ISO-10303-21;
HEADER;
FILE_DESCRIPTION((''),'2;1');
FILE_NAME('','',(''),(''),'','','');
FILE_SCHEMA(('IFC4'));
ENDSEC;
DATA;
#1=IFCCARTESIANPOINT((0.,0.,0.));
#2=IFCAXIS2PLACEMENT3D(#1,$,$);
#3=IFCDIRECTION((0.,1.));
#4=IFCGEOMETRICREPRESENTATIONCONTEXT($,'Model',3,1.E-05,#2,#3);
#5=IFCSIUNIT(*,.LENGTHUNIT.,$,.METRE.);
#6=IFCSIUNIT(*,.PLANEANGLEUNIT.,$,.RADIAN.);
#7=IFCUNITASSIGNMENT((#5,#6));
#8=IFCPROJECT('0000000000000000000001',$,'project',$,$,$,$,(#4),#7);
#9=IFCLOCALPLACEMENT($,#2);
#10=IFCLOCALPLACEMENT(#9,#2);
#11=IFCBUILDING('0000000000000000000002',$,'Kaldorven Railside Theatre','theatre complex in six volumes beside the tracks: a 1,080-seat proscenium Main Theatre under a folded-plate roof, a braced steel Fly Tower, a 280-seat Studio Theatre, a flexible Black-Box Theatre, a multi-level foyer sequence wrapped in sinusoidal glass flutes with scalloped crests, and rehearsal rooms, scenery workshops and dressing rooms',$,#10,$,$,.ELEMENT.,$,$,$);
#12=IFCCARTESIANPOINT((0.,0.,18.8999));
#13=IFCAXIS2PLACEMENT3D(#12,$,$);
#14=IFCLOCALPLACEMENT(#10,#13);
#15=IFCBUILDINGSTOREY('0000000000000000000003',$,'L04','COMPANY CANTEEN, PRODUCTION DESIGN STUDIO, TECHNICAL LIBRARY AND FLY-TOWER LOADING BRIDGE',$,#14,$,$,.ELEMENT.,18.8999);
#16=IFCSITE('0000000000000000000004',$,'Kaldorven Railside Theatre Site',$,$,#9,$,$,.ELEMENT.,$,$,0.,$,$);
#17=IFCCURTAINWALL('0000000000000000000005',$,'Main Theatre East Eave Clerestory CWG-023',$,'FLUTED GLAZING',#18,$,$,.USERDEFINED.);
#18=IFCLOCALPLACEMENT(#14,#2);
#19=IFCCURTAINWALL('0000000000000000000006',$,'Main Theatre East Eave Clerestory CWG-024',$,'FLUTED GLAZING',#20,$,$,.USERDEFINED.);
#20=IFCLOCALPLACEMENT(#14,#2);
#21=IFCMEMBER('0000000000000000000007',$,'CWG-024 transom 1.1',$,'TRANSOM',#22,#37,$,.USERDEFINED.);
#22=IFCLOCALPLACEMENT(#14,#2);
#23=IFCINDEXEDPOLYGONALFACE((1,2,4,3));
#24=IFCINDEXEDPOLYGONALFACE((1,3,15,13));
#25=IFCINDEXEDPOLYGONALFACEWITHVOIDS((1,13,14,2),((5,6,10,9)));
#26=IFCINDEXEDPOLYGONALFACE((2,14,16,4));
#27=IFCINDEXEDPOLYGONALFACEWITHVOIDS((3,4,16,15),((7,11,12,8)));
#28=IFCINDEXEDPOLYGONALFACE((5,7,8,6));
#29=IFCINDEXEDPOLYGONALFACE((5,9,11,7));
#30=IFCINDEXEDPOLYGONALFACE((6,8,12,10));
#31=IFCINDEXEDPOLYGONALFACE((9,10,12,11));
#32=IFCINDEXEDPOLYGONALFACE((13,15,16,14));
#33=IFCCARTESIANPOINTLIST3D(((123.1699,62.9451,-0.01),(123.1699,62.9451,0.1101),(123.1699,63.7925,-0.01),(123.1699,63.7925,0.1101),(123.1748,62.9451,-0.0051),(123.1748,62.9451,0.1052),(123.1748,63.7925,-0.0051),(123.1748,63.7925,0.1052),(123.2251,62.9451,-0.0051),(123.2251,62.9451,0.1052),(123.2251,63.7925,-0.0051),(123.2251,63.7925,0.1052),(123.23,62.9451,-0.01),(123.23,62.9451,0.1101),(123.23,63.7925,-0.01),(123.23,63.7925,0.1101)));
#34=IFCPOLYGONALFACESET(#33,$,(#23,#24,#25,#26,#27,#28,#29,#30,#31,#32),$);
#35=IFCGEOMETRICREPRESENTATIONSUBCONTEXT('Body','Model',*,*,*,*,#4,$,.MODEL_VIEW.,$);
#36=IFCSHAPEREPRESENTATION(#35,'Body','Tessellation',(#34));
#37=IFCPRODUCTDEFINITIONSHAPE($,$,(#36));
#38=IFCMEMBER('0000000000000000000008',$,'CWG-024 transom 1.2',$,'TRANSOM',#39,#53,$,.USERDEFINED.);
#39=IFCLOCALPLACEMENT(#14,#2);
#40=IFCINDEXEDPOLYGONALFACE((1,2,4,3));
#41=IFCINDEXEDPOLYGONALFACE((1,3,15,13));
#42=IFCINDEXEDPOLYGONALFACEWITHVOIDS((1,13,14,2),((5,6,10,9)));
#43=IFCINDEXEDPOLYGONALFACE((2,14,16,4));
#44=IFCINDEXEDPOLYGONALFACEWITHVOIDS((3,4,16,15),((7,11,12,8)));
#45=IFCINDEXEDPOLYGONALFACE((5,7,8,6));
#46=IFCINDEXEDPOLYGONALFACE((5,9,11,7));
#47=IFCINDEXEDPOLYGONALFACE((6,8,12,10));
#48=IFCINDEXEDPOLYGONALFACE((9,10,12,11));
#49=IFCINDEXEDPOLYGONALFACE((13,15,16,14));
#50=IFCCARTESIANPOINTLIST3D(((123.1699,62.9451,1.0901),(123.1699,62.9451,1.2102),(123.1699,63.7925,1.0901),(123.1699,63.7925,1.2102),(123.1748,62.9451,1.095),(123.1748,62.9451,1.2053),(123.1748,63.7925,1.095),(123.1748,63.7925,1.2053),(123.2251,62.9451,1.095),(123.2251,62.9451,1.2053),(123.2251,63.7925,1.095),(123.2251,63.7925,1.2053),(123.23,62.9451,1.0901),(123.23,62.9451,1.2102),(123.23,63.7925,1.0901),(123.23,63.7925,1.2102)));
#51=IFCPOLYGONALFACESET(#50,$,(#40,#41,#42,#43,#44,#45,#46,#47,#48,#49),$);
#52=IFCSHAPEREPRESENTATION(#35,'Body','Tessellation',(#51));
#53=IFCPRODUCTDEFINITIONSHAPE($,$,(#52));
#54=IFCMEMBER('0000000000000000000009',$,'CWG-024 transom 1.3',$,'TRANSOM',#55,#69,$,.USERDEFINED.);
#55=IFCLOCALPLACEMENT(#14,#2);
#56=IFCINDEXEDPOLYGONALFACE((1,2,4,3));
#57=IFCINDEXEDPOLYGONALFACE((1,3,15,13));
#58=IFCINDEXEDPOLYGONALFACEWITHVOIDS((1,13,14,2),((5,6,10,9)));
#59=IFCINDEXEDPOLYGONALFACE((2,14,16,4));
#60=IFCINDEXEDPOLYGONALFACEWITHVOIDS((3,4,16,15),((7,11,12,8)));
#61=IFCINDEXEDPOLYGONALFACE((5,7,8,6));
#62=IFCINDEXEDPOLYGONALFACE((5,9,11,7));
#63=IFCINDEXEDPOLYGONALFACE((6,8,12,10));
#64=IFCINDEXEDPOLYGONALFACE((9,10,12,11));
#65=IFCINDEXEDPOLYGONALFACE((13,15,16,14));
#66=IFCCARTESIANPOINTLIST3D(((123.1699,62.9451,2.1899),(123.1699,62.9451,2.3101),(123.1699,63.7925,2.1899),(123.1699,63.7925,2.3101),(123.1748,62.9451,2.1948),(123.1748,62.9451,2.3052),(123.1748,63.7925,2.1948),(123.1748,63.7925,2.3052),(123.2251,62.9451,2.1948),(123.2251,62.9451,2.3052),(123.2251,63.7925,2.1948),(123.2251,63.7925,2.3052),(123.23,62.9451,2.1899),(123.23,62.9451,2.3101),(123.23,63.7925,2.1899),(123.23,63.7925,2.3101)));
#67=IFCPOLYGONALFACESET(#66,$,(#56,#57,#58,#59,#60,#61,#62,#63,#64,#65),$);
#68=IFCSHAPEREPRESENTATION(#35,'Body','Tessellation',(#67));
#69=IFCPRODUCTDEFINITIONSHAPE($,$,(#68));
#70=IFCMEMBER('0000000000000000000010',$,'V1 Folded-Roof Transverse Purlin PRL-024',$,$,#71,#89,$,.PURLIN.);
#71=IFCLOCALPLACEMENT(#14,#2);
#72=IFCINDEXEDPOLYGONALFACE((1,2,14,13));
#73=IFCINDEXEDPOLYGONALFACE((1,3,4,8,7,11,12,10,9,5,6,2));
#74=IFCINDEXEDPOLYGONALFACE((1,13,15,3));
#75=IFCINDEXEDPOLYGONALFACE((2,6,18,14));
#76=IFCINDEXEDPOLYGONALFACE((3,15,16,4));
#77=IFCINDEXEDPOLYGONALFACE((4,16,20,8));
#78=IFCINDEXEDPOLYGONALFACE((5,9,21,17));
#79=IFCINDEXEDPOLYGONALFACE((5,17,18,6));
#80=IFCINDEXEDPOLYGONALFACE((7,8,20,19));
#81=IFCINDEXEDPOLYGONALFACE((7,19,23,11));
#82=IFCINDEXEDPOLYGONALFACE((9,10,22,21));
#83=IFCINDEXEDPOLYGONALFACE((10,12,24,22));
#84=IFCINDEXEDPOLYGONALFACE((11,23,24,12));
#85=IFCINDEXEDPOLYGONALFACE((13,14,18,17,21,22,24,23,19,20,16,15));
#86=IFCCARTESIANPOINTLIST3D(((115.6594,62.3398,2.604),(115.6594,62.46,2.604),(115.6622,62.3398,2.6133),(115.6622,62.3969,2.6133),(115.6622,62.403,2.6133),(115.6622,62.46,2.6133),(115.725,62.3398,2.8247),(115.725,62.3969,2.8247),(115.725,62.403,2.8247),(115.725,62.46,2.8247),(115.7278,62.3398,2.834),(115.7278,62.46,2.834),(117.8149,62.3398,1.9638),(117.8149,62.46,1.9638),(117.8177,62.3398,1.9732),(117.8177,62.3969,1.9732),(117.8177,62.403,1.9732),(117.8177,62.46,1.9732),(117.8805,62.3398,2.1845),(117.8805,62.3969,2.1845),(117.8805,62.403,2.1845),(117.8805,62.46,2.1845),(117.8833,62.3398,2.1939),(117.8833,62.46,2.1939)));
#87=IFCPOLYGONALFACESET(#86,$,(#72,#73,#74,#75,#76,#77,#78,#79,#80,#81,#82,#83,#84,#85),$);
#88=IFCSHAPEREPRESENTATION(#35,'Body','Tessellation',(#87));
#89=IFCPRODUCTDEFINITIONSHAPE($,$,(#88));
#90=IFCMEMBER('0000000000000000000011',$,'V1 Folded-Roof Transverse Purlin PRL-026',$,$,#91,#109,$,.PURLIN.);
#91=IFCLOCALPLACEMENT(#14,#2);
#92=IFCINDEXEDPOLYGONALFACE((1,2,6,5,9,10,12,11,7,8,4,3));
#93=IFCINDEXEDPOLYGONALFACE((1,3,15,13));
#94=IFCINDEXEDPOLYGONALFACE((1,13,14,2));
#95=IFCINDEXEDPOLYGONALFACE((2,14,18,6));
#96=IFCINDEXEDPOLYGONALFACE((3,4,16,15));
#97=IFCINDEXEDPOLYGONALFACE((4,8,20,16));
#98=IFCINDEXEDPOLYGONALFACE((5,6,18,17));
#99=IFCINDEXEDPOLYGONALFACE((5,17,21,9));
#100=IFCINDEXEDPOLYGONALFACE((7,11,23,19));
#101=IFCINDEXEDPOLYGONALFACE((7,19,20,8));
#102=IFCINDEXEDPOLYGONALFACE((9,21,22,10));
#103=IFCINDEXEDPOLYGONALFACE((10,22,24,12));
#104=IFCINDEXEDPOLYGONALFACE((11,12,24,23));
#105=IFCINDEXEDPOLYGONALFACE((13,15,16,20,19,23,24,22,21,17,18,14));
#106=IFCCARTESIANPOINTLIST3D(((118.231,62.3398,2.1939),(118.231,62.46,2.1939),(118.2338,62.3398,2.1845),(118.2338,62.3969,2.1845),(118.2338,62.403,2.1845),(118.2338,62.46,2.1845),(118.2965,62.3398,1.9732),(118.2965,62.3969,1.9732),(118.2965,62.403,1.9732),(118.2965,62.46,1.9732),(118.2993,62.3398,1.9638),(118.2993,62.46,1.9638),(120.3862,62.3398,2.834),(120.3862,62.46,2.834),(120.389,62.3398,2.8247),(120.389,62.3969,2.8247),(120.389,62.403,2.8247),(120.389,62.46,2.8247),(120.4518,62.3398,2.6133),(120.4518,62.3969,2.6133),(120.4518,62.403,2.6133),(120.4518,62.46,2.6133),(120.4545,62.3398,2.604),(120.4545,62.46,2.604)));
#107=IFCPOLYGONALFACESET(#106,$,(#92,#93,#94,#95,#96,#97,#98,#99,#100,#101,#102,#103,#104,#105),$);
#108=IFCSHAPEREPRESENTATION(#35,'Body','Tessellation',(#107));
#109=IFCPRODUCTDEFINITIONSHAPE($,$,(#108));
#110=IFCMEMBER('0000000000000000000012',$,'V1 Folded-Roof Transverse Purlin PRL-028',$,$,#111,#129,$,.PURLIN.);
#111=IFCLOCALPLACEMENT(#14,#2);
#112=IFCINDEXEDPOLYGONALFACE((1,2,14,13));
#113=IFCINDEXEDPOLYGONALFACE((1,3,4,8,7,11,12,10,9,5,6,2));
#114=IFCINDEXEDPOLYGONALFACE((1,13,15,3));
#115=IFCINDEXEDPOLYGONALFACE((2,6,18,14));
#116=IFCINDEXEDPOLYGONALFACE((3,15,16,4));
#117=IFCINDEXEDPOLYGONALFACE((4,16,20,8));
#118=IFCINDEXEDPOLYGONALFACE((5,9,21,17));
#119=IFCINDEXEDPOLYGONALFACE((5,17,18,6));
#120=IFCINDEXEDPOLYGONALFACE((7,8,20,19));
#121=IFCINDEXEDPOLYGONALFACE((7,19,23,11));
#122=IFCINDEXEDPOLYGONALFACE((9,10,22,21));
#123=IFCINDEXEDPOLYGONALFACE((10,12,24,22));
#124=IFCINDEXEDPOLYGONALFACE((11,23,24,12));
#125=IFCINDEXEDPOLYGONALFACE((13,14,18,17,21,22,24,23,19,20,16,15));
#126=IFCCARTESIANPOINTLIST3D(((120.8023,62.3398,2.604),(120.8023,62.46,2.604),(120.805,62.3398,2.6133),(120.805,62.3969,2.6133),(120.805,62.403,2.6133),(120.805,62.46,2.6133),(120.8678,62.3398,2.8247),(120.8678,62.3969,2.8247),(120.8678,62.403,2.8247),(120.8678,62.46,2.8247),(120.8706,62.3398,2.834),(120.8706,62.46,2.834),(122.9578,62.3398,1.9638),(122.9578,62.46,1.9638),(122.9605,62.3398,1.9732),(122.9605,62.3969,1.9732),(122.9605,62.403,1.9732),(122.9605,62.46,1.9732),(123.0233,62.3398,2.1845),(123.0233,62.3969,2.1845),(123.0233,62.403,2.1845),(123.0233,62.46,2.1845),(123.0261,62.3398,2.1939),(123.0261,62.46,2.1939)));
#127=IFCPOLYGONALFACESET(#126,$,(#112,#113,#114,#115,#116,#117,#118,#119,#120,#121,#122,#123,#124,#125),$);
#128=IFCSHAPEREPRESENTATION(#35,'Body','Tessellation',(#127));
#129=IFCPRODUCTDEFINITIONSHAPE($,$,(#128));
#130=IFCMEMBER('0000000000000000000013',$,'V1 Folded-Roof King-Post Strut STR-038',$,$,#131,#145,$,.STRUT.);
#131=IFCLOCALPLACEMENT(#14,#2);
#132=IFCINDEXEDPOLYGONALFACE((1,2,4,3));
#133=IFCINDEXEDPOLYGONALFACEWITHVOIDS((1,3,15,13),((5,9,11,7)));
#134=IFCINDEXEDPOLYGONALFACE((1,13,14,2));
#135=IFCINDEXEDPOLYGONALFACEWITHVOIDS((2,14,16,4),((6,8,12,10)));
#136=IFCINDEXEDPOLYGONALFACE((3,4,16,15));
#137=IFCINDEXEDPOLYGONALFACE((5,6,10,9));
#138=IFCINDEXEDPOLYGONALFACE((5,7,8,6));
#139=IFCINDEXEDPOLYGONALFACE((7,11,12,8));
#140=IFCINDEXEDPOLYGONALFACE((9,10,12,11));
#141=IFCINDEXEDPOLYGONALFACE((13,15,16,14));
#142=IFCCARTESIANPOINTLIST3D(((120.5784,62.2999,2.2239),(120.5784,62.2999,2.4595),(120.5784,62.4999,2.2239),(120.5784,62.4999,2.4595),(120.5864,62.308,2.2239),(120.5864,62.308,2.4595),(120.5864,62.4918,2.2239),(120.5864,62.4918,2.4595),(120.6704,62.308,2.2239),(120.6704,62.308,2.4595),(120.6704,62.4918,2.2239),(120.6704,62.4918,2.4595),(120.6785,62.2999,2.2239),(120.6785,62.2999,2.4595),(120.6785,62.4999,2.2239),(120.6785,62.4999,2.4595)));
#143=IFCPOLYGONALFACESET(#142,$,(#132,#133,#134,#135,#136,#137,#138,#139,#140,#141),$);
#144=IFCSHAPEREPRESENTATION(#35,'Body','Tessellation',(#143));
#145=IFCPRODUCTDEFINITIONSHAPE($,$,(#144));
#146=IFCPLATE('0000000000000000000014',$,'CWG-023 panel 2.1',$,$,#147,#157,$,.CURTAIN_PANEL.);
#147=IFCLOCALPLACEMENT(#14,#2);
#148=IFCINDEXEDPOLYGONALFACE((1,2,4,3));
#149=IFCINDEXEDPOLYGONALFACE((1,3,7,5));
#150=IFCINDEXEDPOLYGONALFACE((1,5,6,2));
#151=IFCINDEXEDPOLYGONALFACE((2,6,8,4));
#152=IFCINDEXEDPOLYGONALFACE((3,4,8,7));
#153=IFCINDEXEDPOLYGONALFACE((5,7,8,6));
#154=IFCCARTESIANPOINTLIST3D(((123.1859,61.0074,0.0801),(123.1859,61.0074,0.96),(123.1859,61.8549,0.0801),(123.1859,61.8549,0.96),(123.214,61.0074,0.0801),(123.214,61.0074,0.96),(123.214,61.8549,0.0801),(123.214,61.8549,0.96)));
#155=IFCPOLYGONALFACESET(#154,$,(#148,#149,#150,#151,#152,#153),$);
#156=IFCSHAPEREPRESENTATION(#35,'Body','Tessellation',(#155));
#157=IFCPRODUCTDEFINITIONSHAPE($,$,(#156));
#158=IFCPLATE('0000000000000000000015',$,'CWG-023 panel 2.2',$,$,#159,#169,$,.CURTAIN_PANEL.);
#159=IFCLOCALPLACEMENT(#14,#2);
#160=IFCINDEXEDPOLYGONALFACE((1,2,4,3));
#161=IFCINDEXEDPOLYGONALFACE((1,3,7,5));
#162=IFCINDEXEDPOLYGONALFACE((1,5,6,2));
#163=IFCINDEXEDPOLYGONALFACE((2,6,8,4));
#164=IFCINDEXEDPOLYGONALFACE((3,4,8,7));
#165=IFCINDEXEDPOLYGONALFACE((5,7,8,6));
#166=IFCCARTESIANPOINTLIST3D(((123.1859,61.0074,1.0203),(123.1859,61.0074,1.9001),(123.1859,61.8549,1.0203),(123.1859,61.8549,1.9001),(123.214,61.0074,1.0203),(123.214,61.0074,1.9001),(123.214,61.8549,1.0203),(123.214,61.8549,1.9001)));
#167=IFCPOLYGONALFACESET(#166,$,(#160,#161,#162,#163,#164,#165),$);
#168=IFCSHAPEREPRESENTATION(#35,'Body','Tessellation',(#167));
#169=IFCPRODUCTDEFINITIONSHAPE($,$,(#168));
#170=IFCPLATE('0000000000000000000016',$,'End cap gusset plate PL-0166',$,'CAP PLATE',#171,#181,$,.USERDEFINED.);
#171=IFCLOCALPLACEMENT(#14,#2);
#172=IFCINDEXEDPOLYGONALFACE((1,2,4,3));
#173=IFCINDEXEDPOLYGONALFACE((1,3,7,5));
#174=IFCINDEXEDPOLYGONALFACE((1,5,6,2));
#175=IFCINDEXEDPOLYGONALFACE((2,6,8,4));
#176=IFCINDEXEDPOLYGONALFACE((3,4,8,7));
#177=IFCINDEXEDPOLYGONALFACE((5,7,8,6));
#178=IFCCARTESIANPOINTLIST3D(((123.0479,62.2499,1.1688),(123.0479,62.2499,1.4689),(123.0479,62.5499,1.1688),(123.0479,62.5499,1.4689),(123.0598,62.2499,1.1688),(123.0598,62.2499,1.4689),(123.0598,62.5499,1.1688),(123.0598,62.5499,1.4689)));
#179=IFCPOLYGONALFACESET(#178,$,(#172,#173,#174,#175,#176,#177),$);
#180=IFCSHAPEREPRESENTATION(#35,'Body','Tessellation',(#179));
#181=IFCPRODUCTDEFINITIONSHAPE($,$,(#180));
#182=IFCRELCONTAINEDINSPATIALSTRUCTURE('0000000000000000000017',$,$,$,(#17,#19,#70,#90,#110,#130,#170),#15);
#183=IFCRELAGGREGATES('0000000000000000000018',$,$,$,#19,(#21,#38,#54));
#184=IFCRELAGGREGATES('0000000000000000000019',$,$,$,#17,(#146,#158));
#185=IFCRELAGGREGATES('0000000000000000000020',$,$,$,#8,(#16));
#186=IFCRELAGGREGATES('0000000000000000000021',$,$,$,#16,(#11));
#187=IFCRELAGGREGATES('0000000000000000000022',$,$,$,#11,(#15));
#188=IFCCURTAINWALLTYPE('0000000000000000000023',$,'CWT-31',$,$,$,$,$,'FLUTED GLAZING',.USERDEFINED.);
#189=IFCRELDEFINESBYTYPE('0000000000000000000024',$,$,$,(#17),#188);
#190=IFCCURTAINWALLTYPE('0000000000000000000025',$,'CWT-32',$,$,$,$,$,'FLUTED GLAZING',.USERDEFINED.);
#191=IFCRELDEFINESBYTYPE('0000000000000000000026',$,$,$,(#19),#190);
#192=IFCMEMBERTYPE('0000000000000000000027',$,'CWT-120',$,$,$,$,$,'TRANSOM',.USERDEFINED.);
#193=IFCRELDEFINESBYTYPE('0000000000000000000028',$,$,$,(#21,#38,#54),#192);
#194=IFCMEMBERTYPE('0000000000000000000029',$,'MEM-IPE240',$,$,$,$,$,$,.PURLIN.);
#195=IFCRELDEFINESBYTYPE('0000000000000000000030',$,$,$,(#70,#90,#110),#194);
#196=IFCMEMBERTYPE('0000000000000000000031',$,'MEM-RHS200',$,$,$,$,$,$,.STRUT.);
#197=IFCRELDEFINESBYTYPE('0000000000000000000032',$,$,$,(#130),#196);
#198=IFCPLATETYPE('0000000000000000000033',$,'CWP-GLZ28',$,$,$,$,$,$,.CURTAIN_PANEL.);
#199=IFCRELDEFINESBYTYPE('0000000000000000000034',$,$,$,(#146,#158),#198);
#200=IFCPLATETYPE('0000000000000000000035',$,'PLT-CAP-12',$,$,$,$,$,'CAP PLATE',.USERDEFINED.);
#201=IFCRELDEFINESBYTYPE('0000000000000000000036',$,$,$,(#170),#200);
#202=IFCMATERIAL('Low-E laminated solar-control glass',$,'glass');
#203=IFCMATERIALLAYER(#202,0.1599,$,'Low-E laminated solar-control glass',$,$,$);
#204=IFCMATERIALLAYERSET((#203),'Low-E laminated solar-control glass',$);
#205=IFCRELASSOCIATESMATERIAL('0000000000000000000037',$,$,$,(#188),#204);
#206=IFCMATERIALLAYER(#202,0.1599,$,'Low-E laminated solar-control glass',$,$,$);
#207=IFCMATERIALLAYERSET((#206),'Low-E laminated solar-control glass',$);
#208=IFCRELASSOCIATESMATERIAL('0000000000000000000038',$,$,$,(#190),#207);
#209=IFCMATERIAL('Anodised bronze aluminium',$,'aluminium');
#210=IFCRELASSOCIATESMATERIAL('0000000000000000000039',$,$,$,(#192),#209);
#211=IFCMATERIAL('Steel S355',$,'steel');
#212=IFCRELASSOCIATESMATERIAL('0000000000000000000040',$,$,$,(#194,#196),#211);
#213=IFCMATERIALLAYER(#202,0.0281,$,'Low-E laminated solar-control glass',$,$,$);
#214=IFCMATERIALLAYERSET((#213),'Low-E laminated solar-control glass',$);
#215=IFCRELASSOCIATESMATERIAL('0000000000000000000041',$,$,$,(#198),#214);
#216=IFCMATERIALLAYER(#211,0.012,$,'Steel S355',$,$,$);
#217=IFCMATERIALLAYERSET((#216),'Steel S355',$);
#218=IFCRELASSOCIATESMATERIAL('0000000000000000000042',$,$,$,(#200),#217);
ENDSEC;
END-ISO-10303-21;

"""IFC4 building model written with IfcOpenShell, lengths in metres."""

from ifc_helpers import new_model, si_unit, direction, frame, origin, origin_2d, place, context, subcontext, project, spatial, rectangle, hollow_rectangle, i_section, extrude, material, layer, layer_set, material_profile, profile_set, type_object, element, aggregate, save


model = new_model("IFC4")

# Units and contexts
model_context = context("Model", 3, precision=1e-05, world=origin(), true_north=direction((0.0, 1.0)))
body_context = subcontext(model_context, "Body", "Model", "MODEL_VIEW")
ifc_project = project(units=[si_unit("LENGTHUNIT", "METRE"), si_unit("PLANEANGLEUNIT", "RADIAN")], contexts=[model_context])

# Site, building, storey
site_placement = place(None, origin())
site = spatial("IfcSite", under=ifc_project, at=site_placement, Name="Kaldorven Railside Theatre Site", CompositionType="ELEMENT", RefElevation=0.0)
building_placement = place(site_placement, origin())
building = spatial("IfcBuilding", under=site, at=building_placement, Name="Kaldorven Railside Theatre", Description="theatre complex in six volumes beside the tracks: a 1,080-seat proscenium Main Theatre under a folded-plate roof, a braced steel Fly Tower, a 280-seat Studio Theatre, a flexible Black-Box Theatre, a multi-level foyer sequence wrapped in sinusoidal glass flutes with scalloped crests, and rehearsal rooms, scenery workshops and dressing rooms", CompositionType="ELEMENT")
storey_placement = place(building_placement, frame((0.0, 0.0, 18.8999)))
storey = spatial("IfcBuildingStorey", under=building, at=storey_placement, Name="L04", Description="COMPANY CANTEEN, PRODUCTION DESIGN STUDIO, TECHNICAL LIBRARY AND FLY-TOWER LOADING BRIDGE", CompositionType="ELEMENT", Elevation=18.8999)

# Shared definitions
ifc_material_1 = material(Name="Steel S355", Category="steel")

# Curtain walls
ifc_material_2 = material(Name="Low-E laminated solar-control glass", Category="glass")
ifc_layer_1 = layer(ifc_material_2, 0.1599, Name="Low-E laminated solar-control glass")
ifc_layer_set_1 = layer_set([ifc_layer_1], Name="Low-E laminated solar-control glass")
curtain_wall_type_1 = type_object("IfcCurtainWallType", Name="CWT-31", ElementType="FLUTED GLAZING", PredefinedType="USERDEFINED", material=ifc_layer_set_1)
curtain_wall_1_placement = place(storey_placement, origin())
curtain_wall_1 = element("IfcCurtainWall", 1, at=curtain_wall_1_placement, inside=storey, type_object=curtain_wall_type_1, Name="Main Theatre East Eave Clerestory CWG-023", ObjectType="FLUTED GLAZING", PredefinedType="USERDEFINED")
ifc_material_3 = material(Name="Anodised bronze aluminium", Category="aluminium")
ifc_layer_2 = layer(ifc_material_2, 0.1599, Name="Low-E laminated solar-control glass")
ifc_layer_set_2 = layer_set([ifc_layer_2], Name="Low-E laminated solar-control glass")
curtain_wall_type_2 = type_object("IfcCurtainWallType", Name="CWT-32", ElementType="FLUTED GLAZING", PredefinedType="USERDEFINED", material=ifc_layer_set_2)
curtain_wall_2_placement = place(storey_placement, origin())
curtain_wall_2 = element("IfcCurtainWall", 2, at=curtain_wall_2_placement, inside=storey, type_object=curtain_wall_type_2, Name="Main Theatre East Eave Clerestory CWG-024", ObjectType="FLUTED GLAZING", PredefinedType="USERDEFINED")

# Members
ifc_material_profile_1 = material_profile(ifc_material_3, hollow_rectangle(XDim=0.0601, YDim=0.1201, WallThickness=0.0049, at=origin_2d()), Name="RHS 120x60x5")
ifc_profile_set_1 = profile_set([ifc_material_profile_1], Name="Anodised bronze aluminium")
member_type_1 = type_object("IfcMemberType", Name="CWT-120", ElementType="TRANSOM", PredefinedType="USERDEFINED", material=ifc_profile_set_1)
member_1_placement = place(storey_placement, frame((123.2, 62.9451, 0.05), z_axis=(0.0, 1.0, 0.0), x_axis=(-1.0, 0.0, 0.0)))
member_1 = element("IfcMember", 3, at=member_1_placement, type_object=member_type_1, Name="CWG-024 transom 1.1", ObjectType="TRANSOM", PredefinedType="USERDEFINED", context=body_context, shape_type="SweptSolid", body=[
    extrude(hollow_rectangle(XDim=0.0601, YDim=0.1201, WallThickness=0.0049, at=origin_2d()), origin(), (0.0, 0.0, 1.0), 0.8474),
])
member_2_placement = place(storey_placement, frame((123.2, 62.9451, 1.1501), z_axis=(0.0, 1.0, 0.0), x_axis=(-1.0, 0.0, 0.0)))
member_2 = element("IfcMember", 4, at=member_2_placement, type_object=member_type_1, Name="CWG-024 transom 1.2", ObjectType="TRANSOM", PredefinedType="USERDEFINED", context=body_context, shape_type="SweptSolid", body=[
    extrude(hollow_rectangle(XDim=0.0601, YDim=0.1201, WallThickness=0.0049, at=origin_2d()), origin(), (0.0, 0.0, 1.0), 0.8474),
])
member_3_placement = place(storey_placement, frame((123.2, 62.9451, 2.25), z_axis=(0.0, 1.0, 0.0), x_axis=(-1.0, 0.0, 0.0)))
member_3 = element("IfcMember", 5, at=member_3_placement, type_object=member_type_1, Name="CWG-024 transom 1.3", ObjectType="TRANSOM", PredefinedType="USERDEFINED", context=body_context, shape_type="SweptSolid", body=[
    extrude(hollow_rectangle(XDim=0.0601, YDim=0.1201, WallThickness=0.0049, at=origin_2d()), origin(), (0.0, 0.0, 1.0), 0.8474),
])
aggregate(curtain_wall_2, [member_1, member_2, member_3])

# Members
ifc_material_profile_2 = material_profile(ifc_material_1, i_section(OverallWidth=0.1201, OverallDepth=0.24, WebThickness=0.0061, FlangeThickness=0.0098, at=origin_2d()), Name="IPE 240")
ifc_profile_set_2 = profile_set([ifc_material_profile_2], Name="Steel S355")
member_type_2 = type_object("IfcMemberType", Name="MEM-IPE240", PredefinedType="PURLIN", material=ifc_profile_set_2)
member_4_placement = place(storey_placement, frame((115.6936, 62.3999, 2.719), z_axis=(0.95862, 0.0, -0.284687), x_axis=(0.0, 1.0, 0.0)))
element("IfcMember", 6, at=member_4_placement, inside=storey, type_object=member_type_2, Name="V1 Folded-Roof Transverse Purlin PRL-024", PredefinedType="PURLIN", context=body_context, shape_type="SweptSolid", body=[
    extrude(i_section(OverallWidth=0.1201, OverallDepth=0.24, WebThickness=0.0061, FlangeThickness=0.0098, at=origin_2d()), origin(), (0.0, 0.0, 1.0), 2.2485),
])
member_5_placement = place(storey_placement, frame((118.2651, 62.3999, 2.0789), z_axis=(0.958612, 0.0, 0.284717), x_axis=(0.0, 1.0, 0.0)))
element("IfcMember", 7, at=member_5_placement, inside=storey, type_object=member_type_2, Name="V1 Folded-Roof Transverse Purlin PRL-026", PredefinedType="PURLIN", context=body_context, shape_type="SweptSolid", body=[
    extrude(i_section(OverallWidth=0.1201, OverallDepth=0.24, WebThickness=0.0061, FlangeThickness=0.0098, at=origin_2d()), origin(), (0.0, 0.0, 1.0), 2.2483),
])
member_6_placement = place(storey_placement, frame((120.8364, 62.3999, 2.719), z_axis=(0.95862, 0.0, -0.284687), x_axis=(0.0, 1.0, 0.0)))
element("IfcMember", 8, at=member_6_placement, inside=storey, type_object=member_type_2, Name="V1 Folded-Roof Transverse Purlin PRL-028", PredefinedType="PURLIN", context=body_context, shape_type="SweptSolid", body=[
    extrude(i_section(OverallWidth=0.1201, OverallDepth=0.24, WebThickness=0.0061, FlangeThickness=0.0098, at=origin_2d()), origin(), (0.0, 0.0, 1.0), 2.2485),
])
ifc_material_profile_3 = material_profile(ifc_material_1, hollow_rectangle(XDim=0.1001, YDim=0.2, WallThickness=0.0081, at=origin_2d()), Name="RHS 200x100x8")
ifc_profile_set_3 = profile_set([ifc_material_profile_3], Name="Steel S355")
member_type_3 = type_object("IfcMemberType", Name="MEM-RHS200", PredefinedType="STRUT", material=ifc_profile_set_3)
member_7_placement = place(storey_placement, frame((120.6284, 62.3999, 2.2239), z_axis=(0.0, 0.0, 1.0), x_axis=(1.0, 0.0, 0.0)))
element("IfcMember", 9, at=member_7_placement, inside=storey, type_object=member_type_3, Name="V1 Folded-Roof King-Post Strut STR-038", PredefinedType="STRUT", context=body_context, shape_type="SweptSolid", body=[
    extrude(hollow_rectangle(XDim=0.1001, YDim=0.2, WallThickness=0.0081, at=origin_2d()), origin(), (0.0, 0.0, 1.0), 0.2356),
])

# Plates
ifc_layer_3 = layer(ifc_material_2, 0.0281, Name="Low-E laminated solar-control glass")
ifc_layer_set_3 = layer_set([ifc_layer_3], Name="Low-E laminated solar-control glass")
plate_type_1 = type_object("IfcPlateType", Name="CWP-GLZ28", PredefinedType="CURTAIN_PANEL", material=ifc_layer_set_3)
plate_1_placement = place(storey_placement, frame((123.2, 61.4312, 0.0801), z_axis=(0.0, 0.0, 1.0), x_axis=(0.0, 1.0, 0.0)))
plate_1 = element("IfcPlate", 10, at=plate_1_placement, type_object=plate_type_1, Name="CWG-023 panel 2.1", PredefinedType="CURTAIN_PANEL", context=body_context, shape_type="SweptSolid", body=[
    extrude(rectangle(XDim=0.8474, YDim=0.0281, at=origin_2d()), origin(), (0.0, 0.0, 1.0), 0.8799),
])
plate_2_placement = place(storey_placement, frame((123.2, 61.4312, 1.0203), z_axis=(0.0, 0.0, 1.0), x_axis=(0.0, 1.0, 0.0)))
plate_2 = element("IfcPlate", 11, at=plate_2_placement, type_object=plate_type_1, Name="CWG-023 panel 2.2", PredefinedType="CURTAIN_PANEL", context=body_context, shape_type="SweptSolid", body=[
    extrude(rectangle(XDim=0.8474, YDim=0.0281, at=origin_2d()), origin(), (0.0, 0.0, 1.0), 0.8799),
])
aggregate(curtain_wall_1, [plate_1, plate_2])

# Plate
ifc_layer_4 = layer(ifc_material_1, 0.012, Name="Steel S355")
ifc_layer_set_4 = layer_set([ifc_layer_4], Name="Steel S355")
plate_type_2 = type_object("IfcPlateType", Name="PLT-CAP-12", ElementType="CAP PLATE", PredefinedType="USERDEFINED", material=ifc_layer_set_4)
plate_3_placement = place(storey_placement, frame((123.0479, 62.3999, 1.3188), z_axis=(1.0, 0.0, 0.0), x_axis=(0.0, 1.0, 0.0)))
element("IfcPlate", 12, at=plate_3_placement, inside=storey, type_object=plate_type_2, Name="End cap gusset plate PL-0166", ObjectType="CAP PLATE", PredefinedType="USERDEFINED", context=body_context, shape_type="SweptSolid", body=[
    extrude(rectangle(XDim=0.3, YDim=0.3, at=origin_2d()), origin(), (0.0, 0.0, 1.0), 0.012),
])

save(model, "model.ifc")
